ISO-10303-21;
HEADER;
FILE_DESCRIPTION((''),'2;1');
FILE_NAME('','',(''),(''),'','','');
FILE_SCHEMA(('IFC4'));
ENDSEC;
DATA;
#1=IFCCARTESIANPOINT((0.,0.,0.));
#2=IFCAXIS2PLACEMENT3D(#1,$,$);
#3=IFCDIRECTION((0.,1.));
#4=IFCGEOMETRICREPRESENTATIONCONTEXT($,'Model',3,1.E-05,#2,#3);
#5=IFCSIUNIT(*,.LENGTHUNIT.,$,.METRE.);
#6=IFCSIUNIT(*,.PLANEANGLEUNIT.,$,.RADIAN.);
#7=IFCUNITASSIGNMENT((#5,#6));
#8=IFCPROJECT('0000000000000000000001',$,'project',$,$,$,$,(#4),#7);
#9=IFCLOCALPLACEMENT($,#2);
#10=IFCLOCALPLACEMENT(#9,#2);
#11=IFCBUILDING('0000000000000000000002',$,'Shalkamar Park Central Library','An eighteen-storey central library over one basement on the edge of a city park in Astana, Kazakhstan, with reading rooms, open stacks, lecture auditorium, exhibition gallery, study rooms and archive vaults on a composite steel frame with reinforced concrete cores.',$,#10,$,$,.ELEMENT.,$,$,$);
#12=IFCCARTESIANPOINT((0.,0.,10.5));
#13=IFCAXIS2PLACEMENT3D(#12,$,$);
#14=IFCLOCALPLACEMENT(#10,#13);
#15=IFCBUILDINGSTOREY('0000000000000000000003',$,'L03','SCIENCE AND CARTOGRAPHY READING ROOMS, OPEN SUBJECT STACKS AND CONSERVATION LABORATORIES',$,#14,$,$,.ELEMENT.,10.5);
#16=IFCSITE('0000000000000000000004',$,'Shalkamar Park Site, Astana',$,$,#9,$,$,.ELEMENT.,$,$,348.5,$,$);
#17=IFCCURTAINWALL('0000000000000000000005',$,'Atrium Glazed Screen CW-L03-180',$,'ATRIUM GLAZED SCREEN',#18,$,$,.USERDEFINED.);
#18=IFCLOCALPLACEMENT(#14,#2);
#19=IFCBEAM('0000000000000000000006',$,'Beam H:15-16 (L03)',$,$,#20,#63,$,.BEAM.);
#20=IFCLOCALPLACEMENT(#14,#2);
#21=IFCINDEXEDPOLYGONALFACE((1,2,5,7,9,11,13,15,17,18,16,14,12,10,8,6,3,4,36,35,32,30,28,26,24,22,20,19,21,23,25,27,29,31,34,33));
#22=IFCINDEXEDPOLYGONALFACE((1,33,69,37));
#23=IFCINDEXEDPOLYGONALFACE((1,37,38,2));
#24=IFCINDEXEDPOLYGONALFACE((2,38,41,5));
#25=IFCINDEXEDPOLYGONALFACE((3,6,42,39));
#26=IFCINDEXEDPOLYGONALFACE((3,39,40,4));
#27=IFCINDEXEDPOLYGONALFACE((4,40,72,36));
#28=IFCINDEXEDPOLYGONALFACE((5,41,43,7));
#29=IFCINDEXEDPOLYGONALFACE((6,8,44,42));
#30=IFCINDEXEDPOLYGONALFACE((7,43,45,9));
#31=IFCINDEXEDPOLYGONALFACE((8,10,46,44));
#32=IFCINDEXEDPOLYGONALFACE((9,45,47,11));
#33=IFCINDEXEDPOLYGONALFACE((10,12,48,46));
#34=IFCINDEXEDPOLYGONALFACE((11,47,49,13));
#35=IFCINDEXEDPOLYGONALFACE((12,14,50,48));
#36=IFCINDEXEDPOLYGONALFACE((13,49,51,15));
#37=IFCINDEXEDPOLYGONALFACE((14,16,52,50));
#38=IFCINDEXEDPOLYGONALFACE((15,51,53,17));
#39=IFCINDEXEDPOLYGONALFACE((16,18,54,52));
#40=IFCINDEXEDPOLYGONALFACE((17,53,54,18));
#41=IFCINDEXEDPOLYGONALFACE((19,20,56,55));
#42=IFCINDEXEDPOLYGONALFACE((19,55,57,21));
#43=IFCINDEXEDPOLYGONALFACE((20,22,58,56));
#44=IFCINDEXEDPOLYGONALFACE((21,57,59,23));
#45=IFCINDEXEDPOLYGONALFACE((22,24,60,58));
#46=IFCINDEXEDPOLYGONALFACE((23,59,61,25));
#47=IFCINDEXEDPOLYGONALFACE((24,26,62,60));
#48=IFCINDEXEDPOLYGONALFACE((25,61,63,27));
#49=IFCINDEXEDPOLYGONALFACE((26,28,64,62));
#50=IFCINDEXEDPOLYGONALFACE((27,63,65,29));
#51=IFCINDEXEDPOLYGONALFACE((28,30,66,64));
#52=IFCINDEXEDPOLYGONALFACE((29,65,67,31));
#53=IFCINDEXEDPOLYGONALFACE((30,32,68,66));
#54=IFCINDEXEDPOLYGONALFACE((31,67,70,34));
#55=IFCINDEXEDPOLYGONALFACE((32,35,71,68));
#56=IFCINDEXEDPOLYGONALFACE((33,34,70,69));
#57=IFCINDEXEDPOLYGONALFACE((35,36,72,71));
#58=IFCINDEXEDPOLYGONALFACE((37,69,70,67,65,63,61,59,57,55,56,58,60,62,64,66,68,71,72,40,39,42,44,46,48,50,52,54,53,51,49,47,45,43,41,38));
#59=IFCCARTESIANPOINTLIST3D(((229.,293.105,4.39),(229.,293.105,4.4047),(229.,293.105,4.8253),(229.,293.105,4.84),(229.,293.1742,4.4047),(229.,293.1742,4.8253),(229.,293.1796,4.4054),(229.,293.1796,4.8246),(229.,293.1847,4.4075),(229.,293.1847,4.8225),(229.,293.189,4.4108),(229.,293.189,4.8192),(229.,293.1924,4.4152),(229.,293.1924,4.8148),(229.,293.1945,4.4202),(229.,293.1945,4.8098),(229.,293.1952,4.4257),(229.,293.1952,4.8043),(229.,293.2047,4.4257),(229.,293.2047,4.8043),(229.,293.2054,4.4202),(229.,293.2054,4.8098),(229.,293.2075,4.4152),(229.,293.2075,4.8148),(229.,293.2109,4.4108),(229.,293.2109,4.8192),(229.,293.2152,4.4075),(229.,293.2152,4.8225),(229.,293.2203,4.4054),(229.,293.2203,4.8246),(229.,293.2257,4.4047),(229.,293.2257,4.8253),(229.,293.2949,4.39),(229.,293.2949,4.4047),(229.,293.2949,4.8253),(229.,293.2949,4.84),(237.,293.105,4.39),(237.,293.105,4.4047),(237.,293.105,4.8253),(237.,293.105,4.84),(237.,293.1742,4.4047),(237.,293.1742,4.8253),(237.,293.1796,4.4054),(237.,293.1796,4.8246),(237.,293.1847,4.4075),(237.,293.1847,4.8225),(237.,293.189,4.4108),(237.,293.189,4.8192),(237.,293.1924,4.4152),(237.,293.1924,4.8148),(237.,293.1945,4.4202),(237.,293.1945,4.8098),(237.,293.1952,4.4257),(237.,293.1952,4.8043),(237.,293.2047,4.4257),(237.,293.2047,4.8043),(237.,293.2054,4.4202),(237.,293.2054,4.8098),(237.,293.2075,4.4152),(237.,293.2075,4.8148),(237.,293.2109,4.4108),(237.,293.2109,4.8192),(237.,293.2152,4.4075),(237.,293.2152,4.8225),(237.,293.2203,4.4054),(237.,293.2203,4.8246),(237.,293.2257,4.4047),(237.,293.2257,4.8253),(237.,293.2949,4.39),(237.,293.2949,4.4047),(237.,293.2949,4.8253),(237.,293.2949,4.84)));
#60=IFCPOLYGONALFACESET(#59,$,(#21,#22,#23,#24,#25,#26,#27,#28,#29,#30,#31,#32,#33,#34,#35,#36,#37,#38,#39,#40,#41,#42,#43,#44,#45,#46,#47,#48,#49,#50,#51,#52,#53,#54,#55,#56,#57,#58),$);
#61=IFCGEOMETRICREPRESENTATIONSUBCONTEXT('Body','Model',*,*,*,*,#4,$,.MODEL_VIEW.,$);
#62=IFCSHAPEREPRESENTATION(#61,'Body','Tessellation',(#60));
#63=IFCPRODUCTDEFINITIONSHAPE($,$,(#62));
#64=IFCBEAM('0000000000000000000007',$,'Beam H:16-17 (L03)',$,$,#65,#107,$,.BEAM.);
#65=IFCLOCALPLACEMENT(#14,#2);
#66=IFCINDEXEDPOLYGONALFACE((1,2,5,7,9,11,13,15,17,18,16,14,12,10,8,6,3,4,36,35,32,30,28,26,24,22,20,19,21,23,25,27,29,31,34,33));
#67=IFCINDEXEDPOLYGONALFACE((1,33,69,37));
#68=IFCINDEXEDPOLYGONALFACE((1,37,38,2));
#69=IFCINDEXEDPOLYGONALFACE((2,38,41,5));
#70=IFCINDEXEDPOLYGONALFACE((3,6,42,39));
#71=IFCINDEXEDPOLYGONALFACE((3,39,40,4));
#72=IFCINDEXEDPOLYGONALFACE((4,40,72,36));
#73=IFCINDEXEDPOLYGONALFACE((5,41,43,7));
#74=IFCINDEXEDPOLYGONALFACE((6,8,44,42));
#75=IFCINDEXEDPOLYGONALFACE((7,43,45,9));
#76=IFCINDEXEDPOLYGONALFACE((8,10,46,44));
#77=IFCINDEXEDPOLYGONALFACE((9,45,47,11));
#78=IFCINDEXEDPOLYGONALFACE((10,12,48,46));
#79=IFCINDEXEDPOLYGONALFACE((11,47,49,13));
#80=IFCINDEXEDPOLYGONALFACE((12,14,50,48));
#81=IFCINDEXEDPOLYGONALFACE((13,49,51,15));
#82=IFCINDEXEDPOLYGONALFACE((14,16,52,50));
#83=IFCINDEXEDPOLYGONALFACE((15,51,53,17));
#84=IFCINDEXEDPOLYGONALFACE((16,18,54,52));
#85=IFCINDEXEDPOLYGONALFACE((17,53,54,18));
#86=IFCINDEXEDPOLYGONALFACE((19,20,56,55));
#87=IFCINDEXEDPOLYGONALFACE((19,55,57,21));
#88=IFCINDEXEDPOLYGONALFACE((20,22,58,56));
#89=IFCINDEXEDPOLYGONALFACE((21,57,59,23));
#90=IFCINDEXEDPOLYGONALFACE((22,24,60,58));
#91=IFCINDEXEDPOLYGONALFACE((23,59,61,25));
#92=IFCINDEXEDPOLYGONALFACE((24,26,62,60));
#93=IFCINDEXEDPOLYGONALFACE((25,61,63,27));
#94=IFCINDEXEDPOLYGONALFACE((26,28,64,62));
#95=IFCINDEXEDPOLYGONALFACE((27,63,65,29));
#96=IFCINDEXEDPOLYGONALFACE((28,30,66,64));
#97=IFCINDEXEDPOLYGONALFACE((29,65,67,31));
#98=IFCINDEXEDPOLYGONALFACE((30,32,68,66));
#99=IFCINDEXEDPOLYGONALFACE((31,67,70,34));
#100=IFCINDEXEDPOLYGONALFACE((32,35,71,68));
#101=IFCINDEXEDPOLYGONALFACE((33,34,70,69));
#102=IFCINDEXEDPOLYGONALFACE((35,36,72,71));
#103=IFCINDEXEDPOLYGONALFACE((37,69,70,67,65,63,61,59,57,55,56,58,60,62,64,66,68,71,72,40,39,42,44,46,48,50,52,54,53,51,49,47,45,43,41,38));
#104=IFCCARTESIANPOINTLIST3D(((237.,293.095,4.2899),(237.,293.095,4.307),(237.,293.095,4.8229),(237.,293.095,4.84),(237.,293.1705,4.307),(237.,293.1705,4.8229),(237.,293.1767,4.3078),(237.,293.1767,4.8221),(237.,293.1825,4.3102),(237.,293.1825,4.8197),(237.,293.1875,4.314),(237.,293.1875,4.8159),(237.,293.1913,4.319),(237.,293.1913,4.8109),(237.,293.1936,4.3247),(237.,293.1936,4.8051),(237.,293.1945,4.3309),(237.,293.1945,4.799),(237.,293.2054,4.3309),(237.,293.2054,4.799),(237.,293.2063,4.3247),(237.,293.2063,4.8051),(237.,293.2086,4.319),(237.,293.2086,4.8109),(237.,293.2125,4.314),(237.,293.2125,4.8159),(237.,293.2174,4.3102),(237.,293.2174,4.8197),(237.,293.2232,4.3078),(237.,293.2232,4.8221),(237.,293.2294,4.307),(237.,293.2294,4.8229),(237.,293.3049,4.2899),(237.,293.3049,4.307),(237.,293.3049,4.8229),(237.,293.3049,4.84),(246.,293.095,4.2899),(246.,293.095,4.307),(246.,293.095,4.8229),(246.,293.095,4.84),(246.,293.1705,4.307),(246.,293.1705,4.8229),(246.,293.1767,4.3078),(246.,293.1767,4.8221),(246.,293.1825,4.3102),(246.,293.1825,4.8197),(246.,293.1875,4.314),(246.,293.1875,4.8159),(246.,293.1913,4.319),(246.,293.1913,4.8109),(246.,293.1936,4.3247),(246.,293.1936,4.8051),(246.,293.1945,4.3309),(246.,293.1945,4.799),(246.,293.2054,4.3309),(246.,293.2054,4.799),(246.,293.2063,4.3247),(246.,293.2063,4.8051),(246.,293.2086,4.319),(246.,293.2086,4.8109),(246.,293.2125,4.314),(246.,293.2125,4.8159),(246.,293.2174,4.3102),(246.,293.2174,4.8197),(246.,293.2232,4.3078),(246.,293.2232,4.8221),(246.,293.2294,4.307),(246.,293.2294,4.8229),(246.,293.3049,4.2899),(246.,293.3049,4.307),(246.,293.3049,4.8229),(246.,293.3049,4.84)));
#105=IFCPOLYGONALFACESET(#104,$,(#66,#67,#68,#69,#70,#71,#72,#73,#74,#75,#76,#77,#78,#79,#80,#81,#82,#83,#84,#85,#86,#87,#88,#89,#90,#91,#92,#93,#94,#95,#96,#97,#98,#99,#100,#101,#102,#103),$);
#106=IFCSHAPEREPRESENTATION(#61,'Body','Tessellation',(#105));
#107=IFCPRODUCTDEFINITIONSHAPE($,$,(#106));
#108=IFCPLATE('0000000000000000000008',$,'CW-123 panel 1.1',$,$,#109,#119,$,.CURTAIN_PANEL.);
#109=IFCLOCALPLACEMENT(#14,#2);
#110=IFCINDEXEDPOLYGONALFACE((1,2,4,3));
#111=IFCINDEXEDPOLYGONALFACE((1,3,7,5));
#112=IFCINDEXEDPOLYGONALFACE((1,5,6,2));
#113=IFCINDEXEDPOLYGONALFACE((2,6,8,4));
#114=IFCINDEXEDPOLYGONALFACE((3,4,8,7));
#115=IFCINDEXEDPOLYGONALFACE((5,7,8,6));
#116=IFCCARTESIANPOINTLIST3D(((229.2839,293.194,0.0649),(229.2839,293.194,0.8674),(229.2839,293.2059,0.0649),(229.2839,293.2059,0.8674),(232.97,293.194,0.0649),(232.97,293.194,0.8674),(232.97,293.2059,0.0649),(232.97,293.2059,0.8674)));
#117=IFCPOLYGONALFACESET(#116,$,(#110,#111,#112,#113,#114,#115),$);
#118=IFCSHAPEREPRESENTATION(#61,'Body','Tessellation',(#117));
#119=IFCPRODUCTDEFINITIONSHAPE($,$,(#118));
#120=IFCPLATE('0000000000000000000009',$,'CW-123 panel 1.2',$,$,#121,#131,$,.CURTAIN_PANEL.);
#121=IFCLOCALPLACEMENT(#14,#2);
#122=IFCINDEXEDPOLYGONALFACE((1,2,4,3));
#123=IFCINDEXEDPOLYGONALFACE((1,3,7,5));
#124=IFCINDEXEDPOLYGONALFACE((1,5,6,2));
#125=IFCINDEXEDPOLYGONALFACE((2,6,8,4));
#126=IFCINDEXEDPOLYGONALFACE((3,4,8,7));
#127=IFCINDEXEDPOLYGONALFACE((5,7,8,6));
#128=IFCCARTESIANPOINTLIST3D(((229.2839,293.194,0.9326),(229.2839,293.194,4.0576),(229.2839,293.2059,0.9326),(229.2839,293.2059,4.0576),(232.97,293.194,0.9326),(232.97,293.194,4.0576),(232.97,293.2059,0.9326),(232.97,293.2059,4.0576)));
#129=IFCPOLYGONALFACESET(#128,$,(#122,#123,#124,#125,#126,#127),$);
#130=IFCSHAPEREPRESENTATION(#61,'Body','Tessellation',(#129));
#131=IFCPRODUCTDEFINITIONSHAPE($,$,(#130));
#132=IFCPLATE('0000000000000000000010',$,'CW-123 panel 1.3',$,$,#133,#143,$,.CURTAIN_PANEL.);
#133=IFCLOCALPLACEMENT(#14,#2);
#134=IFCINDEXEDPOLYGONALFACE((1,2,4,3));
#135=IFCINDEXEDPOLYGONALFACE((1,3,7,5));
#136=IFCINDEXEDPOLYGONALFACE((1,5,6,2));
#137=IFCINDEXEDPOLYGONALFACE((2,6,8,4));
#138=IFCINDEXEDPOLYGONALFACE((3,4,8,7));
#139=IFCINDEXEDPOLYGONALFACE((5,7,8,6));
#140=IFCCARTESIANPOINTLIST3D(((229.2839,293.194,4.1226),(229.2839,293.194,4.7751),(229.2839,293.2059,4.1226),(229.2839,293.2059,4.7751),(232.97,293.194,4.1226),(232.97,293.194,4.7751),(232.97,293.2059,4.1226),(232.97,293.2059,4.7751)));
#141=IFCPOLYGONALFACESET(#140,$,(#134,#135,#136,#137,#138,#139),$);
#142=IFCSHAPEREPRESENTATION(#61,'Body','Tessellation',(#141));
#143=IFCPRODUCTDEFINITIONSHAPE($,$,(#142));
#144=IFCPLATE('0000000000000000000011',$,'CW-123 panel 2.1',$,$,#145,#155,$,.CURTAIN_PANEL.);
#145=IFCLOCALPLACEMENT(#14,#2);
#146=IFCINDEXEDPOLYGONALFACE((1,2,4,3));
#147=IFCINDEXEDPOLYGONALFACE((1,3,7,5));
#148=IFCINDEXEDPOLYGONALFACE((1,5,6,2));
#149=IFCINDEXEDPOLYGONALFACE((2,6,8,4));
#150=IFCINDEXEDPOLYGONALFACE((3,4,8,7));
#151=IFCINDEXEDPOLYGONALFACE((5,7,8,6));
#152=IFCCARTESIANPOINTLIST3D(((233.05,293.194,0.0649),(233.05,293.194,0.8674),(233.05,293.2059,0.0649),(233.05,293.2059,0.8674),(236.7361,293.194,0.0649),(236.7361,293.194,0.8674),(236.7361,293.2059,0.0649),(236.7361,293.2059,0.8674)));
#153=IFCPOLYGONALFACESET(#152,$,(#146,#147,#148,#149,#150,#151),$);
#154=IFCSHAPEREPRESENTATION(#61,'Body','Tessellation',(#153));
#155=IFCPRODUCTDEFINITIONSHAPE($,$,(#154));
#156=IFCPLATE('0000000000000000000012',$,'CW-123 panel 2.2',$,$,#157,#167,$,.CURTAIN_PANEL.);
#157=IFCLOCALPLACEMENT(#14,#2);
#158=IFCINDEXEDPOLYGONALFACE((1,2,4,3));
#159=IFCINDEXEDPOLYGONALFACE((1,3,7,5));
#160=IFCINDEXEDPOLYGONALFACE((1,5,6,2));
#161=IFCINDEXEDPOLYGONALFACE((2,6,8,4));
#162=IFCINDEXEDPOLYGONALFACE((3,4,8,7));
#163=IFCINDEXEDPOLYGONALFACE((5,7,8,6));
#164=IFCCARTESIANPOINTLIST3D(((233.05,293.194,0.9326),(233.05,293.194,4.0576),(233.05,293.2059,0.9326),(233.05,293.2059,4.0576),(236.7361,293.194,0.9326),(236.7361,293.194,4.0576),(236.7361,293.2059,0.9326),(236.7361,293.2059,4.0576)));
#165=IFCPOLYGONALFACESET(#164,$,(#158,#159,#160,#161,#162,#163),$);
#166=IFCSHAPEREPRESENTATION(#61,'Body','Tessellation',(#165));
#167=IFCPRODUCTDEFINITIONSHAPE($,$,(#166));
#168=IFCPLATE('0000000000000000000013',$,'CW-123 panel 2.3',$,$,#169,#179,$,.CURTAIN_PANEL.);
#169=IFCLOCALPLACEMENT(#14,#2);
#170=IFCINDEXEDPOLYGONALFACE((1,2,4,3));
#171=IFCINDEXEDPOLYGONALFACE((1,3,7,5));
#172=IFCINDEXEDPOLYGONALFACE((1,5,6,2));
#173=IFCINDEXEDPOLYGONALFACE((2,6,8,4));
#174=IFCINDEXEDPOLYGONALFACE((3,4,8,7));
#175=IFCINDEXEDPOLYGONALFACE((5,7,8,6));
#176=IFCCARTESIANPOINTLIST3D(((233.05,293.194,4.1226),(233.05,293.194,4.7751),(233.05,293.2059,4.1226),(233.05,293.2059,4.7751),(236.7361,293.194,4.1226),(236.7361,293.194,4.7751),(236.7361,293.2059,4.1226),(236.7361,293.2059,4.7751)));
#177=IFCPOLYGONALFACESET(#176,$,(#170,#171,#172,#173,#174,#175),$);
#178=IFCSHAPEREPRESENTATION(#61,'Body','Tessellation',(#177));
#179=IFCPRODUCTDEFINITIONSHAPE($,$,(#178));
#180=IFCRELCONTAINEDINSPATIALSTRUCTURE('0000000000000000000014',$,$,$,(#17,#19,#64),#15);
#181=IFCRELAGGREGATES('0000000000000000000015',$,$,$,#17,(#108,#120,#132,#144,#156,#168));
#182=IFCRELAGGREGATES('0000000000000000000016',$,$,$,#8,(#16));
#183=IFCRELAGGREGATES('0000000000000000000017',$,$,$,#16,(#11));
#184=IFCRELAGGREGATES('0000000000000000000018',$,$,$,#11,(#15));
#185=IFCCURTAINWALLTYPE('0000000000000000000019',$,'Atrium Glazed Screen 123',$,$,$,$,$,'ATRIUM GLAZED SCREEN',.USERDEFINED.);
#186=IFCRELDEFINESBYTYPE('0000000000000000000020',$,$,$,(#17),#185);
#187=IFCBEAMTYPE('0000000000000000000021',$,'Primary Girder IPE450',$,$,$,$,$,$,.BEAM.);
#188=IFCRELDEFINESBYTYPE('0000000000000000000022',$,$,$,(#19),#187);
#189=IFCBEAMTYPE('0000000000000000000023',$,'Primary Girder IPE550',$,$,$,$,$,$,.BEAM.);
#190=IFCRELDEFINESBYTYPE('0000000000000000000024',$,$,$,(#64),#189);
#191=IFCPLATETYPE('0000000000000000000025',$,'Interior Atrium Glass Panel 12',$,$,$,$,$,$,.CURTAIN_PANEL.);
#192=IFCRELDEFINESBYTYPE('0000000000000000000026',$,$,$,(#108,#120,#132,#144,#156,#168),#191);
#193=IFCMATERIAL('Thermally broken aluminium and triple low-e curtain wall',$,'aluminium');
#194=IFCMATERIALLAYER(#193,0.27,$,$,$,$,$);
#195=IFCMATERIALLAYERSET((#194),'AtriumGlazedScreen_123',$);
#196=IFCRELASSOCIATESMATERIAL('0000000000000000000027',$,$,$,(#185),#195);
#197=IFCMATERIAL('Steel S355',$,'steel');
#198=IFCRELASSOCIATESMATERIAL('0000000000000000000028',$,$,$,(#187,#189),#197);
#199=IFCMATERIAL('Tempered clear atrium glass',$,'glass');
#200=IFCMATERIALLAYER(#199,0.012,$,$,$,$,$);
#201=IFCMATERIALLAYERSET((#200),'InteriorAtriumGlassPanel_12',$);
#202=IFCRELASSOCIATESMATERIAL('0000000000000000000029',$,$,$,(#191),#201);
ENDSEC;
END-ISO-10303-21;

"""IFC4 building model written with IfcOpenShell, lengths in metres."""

from ifc_helpers import new_model, si_unit, direction, frame, origin, origin_2d, place, context, subcontext, project, spatial, rectangle, i_section, extrude, material, layer, layer_set, material_profile, profile_set, type_object, element, aggregate, save


model = new_model("IFC4")

# Units and contexts
model_context = context("Model", 3, precision=1e-05, world=origin(), true_north=direction((0.0, 1.0)))
body_context = subcontext(model_context, "Body", "Model", "MODEL_VIEW")
ifc_project = project(units=[si_unit("LENGTHUNIT", "METRE"), si_unit("PLANEANGLEUNIT", "RADIAN")], contexts=[model_context])

# Site, building, storey
site_placement = place(None, origin())
site = spatial("IfcSite", under=ifc_project, at=site_placement, Name="Shalkamar Park Site, Astana", CompositionType="ELEMENT", RefElevation=348.5)
building_placement = place(site_placement, origin())
building = spatial("IfcBuilding", under=site, at=building_placement, Name="Shalkamar Park Central Library", Description="An eighteen-storey central library over one basement on the edge of a city park in Astana, Kazakhstan, with reading rooms, open stacks, lecture auditorium, exhibition gallery, study rooms and archive vaults on a composite steel frame with reinforced concrete cores.", CompositionType="ELEMENT")
storey_placement = place(building_placement, frame((0.0, 0.0, 10.5)))
storey = spatial("IfcBuildingStorey", under=building, at=storey_placement, Name="L03", Description="SCIENCE AND CARTOGRAPHY READING ROOMS, OPEN SUBJECT STACKS AND CONSERVATION LABORATORIES", CompositionType="ELEMENT", Elevation=10.5)

# Shared definitions
ifc_material_1 = material(Name="Steel S355", Category="steel")

# Curtain wall
ifc_material_2 = material(Name="Thermally broken aluminium and triple low-e curtain wall", Category="aluminium")
ifc_layer_1 = layer(ifc_material_2, 0.27)
ifc_layer_set_1 = layer_set([ifc_layer_1], Name="AtriumGlazedScreen_123")
curtain_wall_type = type_object("IfcCurtainWallType", Name="Atrium Glazed Screen 123", ElementType="ATRIUM GLAZED SCREEN", PredefinedType="USERDEFINED", material=ifc_layer_set_1)
curtain_wall_placement = place(storey_placement, origin())
curtain_wall = element("IfcCurtainWall", 1, at=curtain_wall_placement, inside=storey, type_object=curtain_wall_type, Name="Atrium Glazed Screen CW-L03-180", ObjectType="ATRIUM GLAZED SCREEN", PredefinedType="USERDEFINED")

# Beams
ifc_material_profile_1 = material_profile(ifc_material_1, i_section(OverallWidth=0.1899, OverallDepth=0.45, WebThickness=0.0095, FlangeThickness=0.0146, FilletRadius=0.021, at=origin_2d()), Name="IPE 450")
ifc_profile_set_1 = profile_set([ifc_material_profile_1], Name="Steel S355")
beam_type_1 = type_object("IfcBeamType", Name="Primary Girder IPE450", PredefinedType="BEAM", material=ifc_profile_set_1)
beam_1_placement = place(storey_placement, frame((229.0, 293.2, 4.615), z_axis=(1.0, 0.0, 0.0), x_axis=(0.0, 1.0, 0.0)))
element("IfcBeam", 2, at=beam_1_placement, inside=storey, type_object=beam_type_1, Name="Beam H:15-16 (L03)", PredefinedType="BEAM", context=body_context, shape_type="SweptSolid", body=[
    extrude(i_section(OverallWidth=0.1899, OverallDepth=0.45, WebThickness=0.0095, FlangeThickness=0.0146, FilletRadius=0.021, at=origin_2d()), origin(), (0.0, 0.0, 1.0), 8.0),
])
ifc_material_profile_2 = material_profile(ifc_material_1, i_section(OverallWidth=0.21, OverallDepth=0.55, WebThickness=0.011, FlangeThickness=0.0171, FilletRadius=0.0239, at=origin_2d()), Name="IPE 550")
ifc_profile_set_2 = profile_set([ifc_material_profile_2], Name="Steel S355")
beam_type_2 = type_object("IfcBeamType", Name="Primary Girder IPE550", PredefinedType="BEAM", material=ifc_profile_set_2)
beam_2_placement = place(storey_placement, frame((237.0, 293.2, 4.5649), z_axis=(1.0, 0.0, 0.0), x_axis=(0.0, 1.0, 0.0)))
element("IfcBeam", 3, at=beam_2_placement, inside=storey, type_object=beam_type_2, Name="Beam H:16-17 (L03)", PredefinedType="BEAM", context=body_context, shape_type="SweptSolid", body=[
    extrude(i_section(OverallWidth=0.21, OverallDepth=0.55, WebThickness=0.011, FlangeThickness=0.0171, FilletRadius=0.0239, at=origin_2d()), origin(), (0.0, 0.0, 1.0), 9.0),
])

# Plates
ifc_material_3 = material(Name="Tempered clear atrium glass", Category="glass")
ifc_layer_2 = layer(ifc_material_3, 0.012)
ifc_layer_set_2 = layer_set([ifc_layer_2], Name="InteriorAtriumGlassPanel_12")
plate_type = type_object("IfcPlateType", Name="Interior Atrium Glass Panel 12", PredefinedType="CURTAIN_PANEL", material=ifc_layer_set_2)
plate_1_placement = place(storey_placement, frame((231.127, 293.2, 0.0649), z_axis=(0.0, 0.0, 1.0), x_axis=(1.0, 0.0, 0.0)))
plate_1 = element("IfcPlate", 4, at=plate_1_placement, type_object=plate_type, Name="CW-123 panel 1.1", PredefinedType="CURTAIN_PANEL", context=body_context, shape_type="SweptSolid", body=[
    extrude(rectangle(XDim=3.686, YDim=0.012, at=origin_2d()), origin(), (0.0, 0.0, 1.0), 0.8025),
])
plate_2_placement = place(storey_placement, frame((231.127, 293.2, 0.9326), z_axis=(0.0, 0.0, 1.0), x_axis=(1.0, 0.0, 0.0)))
plate_2 = element("IfcPlate", 5, at=plate_2_placement, type_object=plate_type, Name="CW-123 panel 1.2", PredefinedType="CURTAIN_PANEL", context=body_context, shape_type="SweptSolid", body=[
    extrude(rectangle(XDim=3.686, YDim=0.012, at=origin_2d()), origin(), (0.0, 0.0, 1.0), 3.125),
])
plate_3_placement = place(storey_placement, frame((231.127, 293.2, 4.1226), z_axis=(0.0, 0.0, 1.0), x_axis=(1.0, 0.0, 0.0)))
plate_3 = element("IfcPlate", 6, at=plate_3_placement, type_object=plate_type, Name="CW-123 panel 1.3", PredefinedType="CURTAIN_PANEL", context=body_context, shape_type="SweptSolid", body=[
    extrude(rectangle(XDim=3.686, YDim=0.012, at=origin_2d()), origin(), (0.0, 0.0, 1.0), 0.6526),
])
plate_4_placement = place(storey_placement, frame((234.8931, 293.2, 0.0649), z_axis=(0.0, 0.0, 1.0), x_axis=(1.0, 0.0, 0.0)))
plate_4 = element("IfcPlate", 7, at=plate_4_placement, type_object=plate_type, Name="CW-123 panel 2.1", PredefinedType="CURTAIN_PANEL", context=body_context, shape_type="SweptSolid", body=[
    extrude(rectangle(XDim=3.686, YDim=0.012, at=origin_2d()), origin(), (0.0, 0.0, 1.0), 0.8025),
])
plate_5_placement = place(storey_placement, frame((234.8931, 293.2, 0.9326), z_axis=(0.0, 0.0, 1.0), x_axis=(1.0, 0.0, 0.0)))
plate_5 = element("IfcPlate", 8, at=plate_5_placement, type_object=plate_type, Name="CW-123 panel 2.2", PredefinedType="CURTAIN_PANEL", context=body_context, shape_type="SweptSolid", body=[
    extrude(rectangle(XDim=3.686, YDim=0.012, at=origin_2d()), origin(), (0.0, 0.0, 1.0), 3.125),
])
plate_6_placement = place(storey_placement, frame((234.8931, 293.2, 4.1226), z_axis=(0.0, 0.0, 1.0), x_axis=(1.0, 0.0, 0.0)))
plate_6 = element("IfcPlate", 9, at=plate_6_placement, type_object=plate_type, Name="CW-123 panel 2.3", PredefinedType="CURTAIN_PANEL", context=body_context, shape_type="SweptSolid", body=[
    extrude(rectangle(XDim=3.686, YDim=0.012, at=origin_2d()), origin(), (0.0, 0.0, 1.0), 0.6526),
])
aggregate(curtain_wall, [plate_1, plate_2, plate_3, plate_4, plate_5, plate_6])

save(model, "model.ifc")
